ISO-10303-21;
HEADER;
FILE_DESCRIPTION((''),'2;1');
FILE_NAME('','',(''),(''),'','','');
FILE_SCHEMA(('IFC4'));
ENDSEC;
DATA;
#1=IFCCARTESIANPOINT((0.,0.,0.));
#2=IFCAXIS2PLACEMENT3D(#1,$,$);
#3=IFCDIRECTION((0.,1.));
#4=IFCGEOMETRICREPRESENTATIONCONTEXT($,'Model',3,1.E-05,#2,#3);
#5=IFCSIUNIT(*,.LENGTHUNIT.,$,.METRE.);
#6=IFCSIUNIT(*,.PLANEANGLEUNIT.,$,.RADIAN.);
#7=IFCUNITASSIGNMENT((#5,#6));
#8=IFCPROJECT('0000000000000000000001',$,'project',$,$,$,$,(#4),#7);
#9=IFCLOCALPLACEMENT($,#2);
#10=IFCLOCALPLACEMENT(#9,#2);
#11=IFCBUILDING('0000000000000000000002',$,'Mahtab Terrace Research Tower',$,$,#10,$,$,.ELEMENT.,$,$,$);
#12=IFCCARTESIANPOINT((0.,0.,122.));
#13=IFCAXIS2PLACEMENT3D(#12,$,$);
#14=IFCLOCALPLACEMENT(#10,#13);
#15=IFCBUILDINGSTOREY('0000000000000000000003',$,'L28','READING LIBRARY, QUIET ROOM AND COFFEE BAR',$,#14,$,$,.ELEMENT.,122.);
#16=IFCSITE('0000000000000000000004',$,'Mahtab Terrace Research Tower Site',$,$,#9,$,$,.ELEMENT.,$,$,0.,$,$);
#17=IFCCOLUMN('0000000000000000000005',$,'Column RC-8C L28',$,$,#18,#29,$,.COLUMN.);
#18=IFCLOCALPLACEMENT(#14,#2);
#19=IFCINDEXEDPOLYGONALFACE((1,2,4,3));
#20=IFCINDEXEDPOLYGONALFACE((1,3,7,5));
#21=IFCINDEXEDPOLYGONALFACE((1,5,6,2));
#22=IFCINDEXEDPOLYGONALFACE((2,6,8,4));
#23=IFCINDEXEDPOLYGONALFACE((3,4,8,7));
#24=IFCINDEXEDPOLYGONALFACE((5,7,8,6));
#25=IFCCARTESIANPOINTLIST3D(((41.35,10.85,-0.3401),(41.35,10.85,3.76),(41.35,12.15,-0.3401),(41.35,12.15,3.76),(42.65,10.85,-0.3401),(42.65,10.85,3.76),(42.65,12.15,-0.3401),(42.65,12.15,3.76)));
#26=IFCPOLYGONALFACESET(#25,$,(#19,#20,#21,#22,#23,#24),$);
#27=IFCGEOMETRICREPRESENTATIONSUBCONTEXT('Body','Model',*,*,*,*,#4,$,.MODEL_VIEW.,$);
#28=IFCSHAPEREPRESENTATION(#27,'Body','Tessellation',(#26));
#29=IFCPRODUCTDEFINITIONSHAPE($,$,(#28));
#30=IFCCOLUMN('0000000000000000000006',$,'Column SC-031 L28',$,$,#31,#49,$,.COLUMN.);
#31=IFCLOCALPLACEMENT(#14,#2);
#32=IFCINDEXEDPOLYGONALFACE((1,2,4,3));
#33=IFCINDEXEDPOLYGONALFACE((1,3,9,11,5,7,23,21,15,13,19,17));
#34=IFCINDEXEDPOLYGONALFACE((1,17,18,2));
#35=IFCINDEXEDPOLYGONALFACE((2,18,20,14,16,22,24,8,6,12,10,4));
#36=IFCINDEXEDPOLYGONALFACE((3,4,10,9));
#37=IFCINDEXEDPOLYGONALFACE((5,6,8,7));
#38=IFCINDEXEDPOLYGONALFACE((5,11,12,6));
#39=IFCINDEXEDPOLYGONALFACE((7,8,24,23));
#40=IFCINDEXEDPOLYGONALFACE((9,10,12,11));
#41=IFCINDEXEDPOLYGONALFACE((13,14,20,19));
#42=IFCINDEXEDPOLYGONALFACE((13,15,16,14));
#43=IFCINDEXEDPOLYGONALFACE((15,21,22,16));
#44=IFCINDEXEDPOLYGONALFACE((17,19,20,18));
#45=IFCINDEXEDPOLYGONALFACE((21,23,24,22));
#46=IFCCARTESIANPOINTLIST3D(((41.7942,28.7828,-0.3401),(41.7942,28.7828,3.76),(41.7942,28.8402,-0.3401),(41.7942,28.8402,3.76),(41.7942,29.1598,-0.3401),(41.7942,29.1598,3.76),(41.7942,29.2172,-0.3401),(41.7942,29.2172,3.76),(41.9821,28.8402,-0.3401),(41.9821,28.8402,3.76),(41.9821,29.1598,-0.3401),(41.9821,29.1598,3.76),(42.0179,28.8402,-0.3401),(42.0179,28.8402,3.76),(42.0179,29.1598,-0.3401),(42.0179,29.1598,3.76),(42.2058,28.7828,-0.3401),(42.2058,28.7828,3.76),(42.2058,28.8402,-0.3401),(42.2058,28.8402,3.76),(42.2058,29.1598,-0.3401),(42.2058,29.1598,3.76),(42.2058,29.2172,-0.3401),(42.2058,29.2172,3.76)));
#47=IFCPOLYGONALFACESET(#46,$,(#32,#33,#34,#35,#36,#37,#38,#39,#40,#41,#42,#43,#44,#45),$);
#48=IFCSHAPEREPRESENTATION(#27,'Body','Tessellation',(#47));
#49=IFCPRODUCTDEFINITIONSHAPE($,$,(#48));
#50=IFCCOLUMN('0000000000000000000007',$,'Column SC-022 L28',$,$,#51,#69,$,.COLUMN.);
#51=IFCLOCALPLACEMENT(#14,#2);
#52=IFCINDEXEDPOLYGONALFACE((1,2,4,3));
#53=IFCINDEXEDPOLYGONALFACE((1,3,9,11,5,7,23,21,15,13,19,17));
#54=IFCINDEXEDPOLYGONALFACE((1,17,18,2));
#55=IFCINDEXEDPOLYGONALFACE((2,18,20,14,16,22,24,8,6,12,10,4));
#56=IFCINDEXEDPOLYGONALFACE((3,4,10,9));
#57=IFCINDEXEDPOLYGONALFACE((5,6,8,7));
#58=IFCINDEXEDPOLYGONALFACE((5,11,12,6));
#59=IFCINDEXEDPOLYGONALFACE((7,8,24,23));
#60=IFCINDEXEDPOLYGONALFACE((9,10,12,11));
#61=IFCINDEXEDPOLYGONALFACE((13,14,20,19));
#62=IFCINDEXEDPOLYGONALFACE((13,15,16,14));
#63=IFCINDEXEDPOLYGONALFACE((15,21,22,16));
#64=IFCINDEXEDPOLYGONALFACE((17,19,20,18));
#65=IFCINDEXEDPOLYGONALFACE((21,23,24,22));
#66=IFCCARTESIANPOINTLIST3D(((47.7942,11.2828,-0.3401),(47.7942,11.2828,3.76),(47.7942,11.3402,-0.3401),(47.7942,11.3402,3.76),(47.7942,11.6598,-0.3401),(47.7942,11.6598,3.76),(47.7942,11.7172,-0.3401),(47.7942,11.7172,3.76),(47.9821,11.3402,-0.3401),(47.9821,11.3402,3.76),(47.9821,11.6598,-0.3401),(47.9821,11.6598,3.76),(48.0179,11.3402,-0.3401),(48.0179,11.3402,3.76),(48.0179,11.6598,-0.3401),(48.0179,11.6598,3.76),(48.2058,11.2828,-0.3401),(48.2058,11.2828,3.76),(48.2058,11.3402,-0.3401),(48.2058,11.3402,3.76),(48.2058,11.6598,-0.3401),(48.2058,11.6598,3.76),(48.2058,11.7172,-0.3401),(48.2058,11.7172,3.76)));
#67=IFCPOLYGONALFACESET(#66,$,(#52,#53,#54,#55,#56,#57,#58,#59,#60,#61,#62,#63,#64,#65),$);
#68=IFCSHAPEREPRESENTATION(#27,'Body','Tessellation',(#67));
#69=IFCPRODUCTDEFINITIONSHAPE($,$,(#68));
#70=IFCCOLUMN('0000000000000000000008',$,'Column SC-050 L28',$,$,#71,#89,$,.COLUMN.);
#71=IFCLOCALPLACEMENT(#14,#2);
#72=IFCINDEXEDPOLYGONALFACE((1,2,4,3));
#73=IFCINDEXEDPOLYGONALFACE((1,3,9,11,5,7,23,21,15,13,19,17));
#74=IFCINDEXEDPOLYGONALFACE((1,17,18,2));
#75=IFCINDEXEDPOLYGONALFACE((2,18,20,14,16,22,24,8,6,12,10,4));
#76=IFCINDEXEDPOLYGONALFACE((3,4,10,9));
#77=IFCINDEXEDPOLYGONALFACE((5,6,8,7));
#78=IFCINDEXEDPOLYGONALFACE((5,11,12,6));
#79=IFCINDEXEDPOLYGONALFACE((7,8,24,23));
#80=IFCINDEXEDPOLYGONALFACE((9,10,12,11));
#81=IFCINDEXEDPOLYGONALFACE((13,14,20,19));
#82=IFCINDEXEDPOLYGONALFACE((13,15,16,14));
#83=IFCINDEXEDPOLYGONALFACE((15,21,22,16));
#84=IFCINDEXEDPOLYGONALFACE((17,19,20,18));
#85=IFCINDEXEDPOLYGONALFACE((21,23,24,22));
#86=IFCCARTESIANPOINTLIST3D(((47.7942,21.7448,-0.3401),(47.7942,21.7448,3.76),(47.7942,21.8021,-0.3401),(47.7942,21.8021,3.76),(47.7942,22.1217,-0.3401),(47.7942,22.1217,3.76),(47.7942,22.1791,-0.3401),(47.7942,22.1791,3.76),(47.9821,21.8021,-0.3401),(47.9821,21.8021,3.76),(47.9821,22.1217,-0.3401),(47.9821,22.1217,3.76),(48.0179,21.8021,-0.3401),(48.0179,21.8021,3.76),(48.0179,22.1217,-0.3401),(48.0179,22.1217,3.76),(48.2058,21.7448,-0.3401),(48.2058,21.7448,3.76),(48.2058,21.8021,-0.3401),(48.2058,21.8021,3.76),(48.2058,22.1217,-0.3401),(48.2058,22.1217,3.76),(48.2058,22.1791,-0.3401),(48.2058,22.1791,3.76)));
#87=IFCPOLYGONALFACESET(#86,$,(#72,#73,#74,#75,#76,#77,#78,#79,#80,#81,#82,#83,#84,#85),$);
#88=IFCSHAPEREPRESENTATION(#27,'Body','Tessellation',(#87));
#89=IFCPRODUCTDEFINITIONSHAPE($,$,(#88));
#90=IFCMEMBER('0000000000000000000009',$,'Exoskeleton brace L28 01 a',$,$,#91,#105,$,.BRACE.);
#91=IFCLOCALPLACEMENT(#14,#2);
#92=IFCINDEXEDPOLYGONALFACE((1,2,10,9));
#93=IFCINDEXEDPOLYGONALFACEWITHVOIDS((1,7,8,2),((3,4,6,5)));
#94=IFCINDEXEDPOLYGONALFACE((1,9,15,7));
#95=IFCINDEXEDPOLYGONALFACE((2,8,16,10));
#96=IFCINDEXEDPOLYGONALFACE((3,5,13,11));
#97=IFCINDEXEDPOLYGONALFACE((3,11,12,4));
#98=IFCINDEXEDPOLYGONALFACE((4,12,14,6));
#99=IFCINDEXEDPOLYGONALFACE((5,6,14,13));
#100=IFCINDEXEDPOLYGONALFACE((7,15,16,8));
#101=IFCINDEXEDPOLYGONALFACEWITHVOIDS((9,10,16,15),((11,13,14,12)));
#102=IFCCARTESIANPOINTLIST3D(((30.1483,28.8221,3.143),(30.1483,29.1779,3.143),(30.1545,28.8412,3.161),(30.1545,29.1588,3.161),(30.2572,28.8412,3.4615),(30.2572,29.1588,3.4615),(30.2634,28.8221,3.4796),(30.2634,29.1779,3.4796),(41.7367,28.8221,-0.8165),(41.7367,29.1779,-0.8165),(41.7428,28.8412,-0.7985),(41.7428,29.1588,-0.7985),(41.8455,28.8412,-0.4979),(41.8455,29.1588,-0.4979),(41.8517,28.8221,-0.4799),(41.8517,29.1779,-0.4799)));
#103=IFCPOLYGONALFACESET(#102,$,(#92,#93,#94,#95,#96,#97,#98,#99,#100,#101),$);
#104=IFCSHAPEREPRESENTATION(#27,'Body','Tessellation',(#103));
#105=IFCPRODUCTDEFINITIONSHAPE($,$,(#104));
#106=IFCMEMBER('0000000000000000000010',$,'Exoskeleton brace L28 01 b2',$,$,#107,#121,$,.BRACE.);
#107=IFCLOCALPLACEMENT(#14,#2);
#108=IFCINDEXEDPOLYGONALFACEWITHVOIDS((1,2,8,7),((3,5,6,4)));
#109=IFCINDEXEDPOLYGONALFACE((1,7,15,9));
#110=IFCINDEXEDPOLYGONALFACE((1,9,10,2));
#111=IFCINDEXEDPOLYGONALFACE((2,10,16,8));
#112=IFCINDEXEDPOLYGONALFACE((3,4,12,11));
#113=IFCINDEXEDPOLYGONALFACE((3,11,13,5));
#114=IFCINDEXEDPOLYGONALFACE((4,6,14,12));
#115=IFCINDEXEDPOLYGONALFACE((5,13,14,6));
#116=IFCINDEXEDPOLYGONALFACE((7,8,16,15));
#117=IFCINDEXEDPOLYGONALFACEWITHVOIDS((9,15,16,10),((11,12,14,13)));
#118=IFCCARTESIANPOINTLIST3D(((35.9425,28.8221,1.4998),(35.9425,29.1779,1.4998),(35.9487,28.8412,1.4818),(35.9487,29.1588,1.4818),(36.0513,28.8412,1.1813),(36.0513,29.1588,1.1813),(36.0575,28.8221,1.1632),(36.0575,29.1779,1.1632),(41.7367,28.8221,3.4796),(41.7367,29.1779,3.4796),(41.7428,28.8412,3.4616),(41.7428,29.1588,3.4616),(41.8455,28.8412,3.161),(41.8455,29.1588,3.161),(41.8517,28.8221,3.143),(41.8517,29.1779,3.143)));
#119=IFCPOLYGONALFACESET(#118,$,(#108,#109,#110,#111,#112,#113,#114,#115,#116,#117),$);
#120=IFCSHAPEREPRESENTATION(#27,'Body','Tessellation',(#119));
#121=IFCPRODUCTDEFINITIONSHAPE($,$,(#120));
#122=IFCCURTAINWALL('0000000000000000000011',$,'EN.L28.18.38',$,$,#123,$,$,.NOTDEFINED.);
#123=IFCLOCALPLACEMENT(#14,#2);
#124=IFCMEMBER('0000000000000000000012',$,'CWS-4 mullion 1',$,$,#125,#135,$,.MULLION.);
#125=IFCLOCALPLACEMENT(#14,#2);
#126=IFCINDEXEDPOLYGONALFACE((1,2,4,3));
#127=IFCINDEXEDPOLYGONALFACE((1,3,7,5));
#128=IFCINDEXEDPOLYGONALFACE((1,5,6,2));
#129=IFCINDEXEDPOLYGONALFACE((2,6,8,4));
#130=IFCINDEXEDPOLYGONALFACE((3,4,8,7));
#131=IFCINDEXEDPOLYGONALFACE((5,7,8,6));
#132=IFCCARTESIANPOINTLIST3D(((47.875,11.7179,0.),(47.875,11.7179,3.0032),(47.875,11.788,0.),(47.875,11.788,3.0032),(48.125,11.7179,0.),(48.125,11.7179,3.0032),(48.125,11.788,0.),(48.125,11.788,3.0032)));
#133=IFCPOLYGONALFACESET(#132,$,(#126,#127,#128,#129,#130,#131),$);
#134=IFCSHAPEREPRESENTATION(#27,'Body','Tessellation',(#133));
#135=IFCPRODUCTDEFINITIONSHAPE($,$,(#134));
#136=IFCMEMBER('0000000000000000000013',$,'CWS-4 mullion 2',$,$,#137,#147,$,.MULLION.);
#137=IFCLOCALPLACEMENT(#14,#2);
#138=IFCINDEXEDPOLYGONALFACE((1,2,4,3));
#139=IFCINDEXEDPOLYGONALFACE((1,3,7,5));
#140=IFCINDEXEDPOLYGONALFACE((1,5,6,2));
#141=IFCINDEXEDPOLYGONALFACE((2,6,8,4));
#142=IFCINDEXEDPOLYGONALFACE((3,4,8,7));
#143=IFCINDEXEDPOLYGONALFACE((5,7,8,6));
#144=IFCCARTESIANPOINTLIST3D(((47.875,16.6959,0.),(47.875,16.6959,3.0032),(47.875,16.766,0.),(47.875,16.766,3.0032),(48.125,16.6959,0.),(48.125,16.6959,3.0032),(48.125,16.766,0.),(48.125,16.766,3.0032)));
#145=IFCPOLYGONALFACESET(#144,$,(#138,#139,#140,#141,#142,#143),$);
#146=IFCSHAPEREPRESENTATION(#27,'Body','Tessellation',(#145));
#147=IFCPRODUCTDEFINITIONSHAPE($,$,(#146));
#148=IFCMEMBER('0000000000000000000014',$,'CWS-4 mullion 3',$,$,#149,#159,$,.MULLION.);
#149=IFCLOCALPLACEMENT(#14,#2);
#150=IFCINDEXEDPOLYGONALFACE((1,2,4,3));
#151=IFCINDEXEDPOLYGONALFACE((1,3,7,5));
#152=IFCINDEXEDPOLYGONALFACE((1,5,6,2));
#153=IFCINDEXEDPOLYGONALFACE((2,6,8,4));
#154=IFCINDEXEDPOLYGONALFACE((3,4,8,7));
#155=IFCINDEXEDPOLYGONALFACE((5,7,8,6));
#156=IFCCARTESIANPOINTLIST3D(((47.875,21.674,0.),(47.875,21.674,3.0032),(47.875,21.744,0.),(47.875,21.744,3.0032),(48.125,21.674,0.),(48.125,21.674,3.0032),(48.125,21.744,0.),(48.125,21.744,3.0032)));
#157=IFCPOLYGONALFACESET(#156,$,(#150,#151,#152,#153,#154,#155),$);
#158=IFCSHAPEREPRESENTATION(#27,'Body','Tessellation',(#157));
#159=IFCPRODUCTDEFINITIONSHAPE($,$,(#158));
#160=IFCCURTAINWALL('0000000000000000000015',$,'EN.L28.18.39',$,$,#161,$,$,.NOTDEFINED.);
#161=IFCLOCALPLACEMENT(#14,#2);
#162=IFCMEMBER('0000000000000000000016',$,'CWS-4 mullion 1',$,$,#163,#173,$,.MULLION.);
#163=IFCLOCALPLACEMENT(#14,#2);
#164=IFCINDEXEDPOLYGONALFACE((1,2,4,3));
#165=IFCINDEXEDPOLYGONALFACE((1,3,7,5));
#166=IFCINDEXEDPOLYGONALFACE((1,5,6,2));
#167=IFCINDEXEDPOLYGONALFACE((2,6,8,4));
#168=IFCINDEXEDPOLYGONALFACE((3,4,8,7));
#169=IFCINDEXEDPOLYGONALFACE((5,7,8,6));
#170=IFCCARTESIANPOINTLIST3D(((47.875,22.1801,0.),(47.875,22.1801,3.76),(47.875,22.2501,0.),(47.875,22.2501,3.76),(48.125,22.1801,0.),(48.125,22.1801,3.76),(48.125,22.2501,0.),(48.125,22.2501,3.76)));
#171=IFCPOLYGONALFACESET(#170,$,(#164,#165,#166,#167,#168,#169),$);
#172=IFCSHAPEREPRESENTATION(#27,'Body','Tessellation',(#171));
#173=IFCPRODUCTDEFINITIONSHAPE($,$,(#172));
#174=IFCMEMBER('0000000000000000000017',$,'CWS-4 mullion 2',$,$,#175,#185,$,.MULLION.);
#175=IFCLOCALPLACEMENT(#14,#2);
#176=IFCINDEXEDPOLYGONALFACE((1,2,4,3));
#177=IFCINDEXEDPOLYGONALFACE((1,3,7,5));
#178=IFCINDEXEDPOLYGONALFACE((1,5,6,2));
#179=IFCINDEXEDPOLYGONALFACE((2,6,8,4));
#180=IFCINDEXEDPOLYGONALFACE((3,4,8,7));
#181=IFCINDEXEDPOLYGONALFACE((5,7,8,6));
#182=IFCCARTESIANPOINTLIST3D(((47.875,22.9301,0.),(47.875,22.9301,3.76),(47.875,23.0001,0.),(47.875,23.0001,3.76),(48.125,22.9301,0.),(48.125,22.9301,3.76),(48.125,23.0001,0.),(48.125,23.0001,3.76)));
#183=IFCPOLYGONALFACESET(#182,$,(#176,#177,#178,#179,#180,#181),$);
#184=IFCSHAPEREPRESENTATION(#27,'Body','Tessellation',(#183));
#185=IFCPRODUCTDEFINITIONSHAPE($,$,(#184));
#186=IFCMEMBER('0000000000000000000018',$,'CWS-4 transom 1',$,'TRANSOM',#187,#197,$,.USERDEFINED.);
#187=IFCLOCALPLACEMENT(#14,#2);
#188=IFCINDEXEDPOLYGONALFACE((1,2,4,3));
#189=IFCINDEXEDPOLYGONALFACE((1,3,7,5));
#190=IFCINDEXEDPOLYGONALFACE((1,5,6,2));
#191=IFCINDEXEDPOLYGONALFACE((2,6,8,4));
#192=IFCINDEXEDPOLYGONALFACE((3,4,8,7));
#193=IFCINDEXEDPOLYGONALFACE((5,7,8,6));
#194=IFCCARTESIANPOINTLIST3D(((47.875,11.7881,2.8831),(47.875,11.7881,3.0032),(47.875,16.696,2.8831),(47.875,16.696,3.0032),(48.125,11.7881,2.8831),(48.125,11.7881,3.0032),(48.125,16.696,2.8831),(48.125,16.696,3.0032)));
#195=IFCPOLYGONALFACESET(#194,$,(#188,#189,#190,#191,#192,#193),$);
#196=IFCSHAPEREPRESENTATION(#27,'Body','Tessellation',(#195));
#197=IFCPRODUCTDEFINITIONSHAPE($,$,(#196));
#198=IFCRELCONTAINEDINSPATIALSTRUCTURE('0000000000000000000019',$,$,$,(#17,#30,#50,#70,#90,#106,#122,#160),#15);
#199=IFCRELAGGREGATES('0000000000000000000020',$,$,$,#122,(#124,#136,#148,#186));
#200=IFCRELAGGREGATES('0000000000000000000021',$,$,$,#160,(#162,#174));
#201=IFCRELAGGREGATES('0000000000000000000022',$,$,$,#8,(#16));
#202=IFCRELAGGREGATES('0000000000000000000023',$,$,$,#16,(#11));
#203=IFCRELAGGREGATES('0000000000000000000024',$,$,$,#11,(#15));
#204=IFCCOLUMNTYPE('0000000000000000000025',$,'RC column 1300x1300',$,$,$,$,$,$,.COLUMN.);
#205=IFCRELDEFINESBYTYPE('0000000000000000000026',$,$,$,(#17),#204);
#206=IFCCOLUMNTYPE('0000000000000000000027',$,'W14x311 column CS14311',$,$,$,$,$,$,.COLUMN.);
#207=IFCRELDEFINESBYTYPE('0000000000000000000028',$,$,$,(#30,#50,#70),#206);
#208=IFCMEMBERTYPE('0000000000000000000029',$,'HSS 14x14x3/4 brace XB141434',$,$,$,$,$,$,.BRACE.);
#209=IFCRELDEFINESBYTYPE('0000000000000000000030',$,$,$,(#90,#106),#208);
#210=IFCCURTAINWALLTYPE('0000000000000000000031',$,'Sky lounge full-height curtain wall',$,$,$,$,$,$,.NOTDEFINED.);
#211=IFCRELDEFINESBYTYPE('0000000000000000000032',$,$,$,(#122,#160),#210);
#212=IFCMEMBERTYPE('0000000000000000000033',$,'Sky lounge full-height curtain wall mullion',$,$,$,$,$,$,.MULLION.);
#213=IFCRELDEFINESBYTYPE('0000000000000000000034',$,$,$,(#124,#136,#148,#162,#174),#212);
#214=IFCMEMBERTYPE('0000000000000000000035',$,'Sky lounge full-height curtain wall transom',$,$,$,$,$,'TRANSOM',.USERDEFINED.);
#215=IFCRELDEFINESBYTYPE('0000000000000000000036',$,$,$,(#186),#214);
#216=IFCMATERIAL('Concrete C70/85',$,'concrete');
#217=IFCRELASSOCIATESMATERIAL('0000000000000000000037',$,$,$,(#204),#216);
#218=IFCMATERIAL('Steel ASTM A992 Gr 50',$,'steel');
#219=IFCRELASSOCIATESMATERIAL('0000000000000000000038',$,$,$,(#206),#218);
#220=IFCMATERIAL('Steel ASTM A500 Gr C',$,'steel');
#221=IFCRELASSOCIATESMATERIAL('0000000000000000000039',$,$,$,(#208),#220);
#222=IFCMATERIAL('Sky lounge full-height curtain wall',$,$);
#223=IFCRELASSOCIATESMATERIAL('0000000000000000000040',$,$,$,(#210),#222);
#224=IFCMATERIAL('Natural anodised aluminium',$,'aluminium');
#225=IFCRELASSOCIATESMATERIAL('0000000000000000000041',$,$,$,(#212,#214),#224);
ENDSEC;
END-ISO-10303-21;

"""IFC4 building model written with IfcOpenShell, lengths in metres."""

from ifc_helpers import new_model, si_unit, direction, frame, origin, origin_2d, place, context, subcontext, project, spatial, rectangle, hollow_rectangle, i_section, extrude, material, material_profile, profile_set, type_object, element, aggregate, save


model = new_model("IFC4")

# Units and contexts
model_context = context("Model", 3, precision=1e-05, world=origin(), true_north=direction((0.0, 1.0)))
body_context = subcontext(model_context, "Body", "Model", "MODEL_VIEW")
ifc_project = project(units=[si_unit("LENGTHUNIT", "METRE"), si_unit("PLANEANGLEUNIT", "RADIAN")], contexts=[model_context])

# Site, building, storey
site_placement = place(None, origin())
site = spatial("IfcSite", under=ifc_project, at=site_placement, Name="Mahtab Terrace Research Tower Site", CompositionType="ELEMENT", RefElevation=0.0)
building_placement = place(site_placement, origin())
building = spatial("IfcBuilding", under=site, at=building_placement, Name="Mahtab Terrace Research Tower", CompositionType="ELEMENT")
storey_placement = place(building_placement, frame((0.0, 0.0, 122.0)))
storey = spatial("IfcBuildingStorey", under=building, at=storey_placement, Name="L28", Description="READING LIBRARY, QUIET ROOM AND COFFEE BAR", CompositionType="ELEMENT", Elevation=122.0)

# Columns
ifc_material_1 = material(Name="Concrete C70/85", Category="concrete")
ifc_material_profile_1 = material_profile(ifc_material_1, rectangle(XDim=1.3, YDim=1.3, at=origin_2d()), Name="RC column 1300x1300")
ifc_profile_set_1 = profile_set([ifc_material_profile_1], Name="Concrete C70/85")
column_type_1 = type_object("IfcColumnType", Name="RC column 1300x1300", PredefinedType="COLUMN", material=ifc_profile_set_1)
column_placement = place(storey_placement, frame((42.0, 11.5, -0.3401), z_axis=(0.0, 0.0, 1.0), x_axis=(1.0, 0.0, 0.0)))
element("IfcColumn", 1, at=column_placement, inside=storey, type_object=column_type_1, Name="Column RC-8C L28", PredefinedType="COLUMN", context=body_context, shape_type="SweptSolid", body=[
    extrude(rectangle(XDim=1.3, YDim=1.3, at=origin_2d()), origin(), (0.0, 0.0, 1.0), 4.1001),
])
ifc_material_2 = material(Name="Steel ASTM A992 Gr 50", Category="steel")
ifc_material_profile_2 = material_profile(ifc_material_2, i_section(OverallWidth=0.4116, OverallDepth=0.4343, WebThickness=0.0359, FlangeThickness=0.0574, at=origin_2d()), Name="W14X311")
ifc_profile_set_2 = profile_set([ifc_material_profile_2], Name="Steel ASTM A992 Gr 50")
column_type_2 = type_object("IfcColumnType", Name="W14x311 column CS14311", PredefinedType="COLUMN", material=ifc_profile_set_2)
for number, where, z_axis, x_axis, name in (
    (2, (42.0, 29.0, -0.3401), (0.0, 0.0, 1.0), (1.0, 0.0, 0.0), "Column SC-031 L28"),
    (3, (48.0, 11.5, -0.3401), (0.0, 0.0, 1.0), (1.0, 0.0, 0.0), "Column SC-022 L28"),
    (4, (48.0, 21.9619, -0.3401), (0.0, 0.0, 1.0), (1.0, 0.0, 0.0), "Column SC-050 L28"),
):
    element("IfcColumn", number, at=place(storey_placement, frame(where, z_axis=z_axis, x_axis=x_axis)), inside=storey, type_object=column_type_2, Name=name, PredefinedType="COLUMN", context=body_context, shape_type="SweptSolid", body=[
        extrude(i_section(OverallWidth=0.4116, OverallDepth=0.4343, WebThickness=0.0359, FlangeThickness=0.0574, at=origin_2d()), origin(), (0.0, 0.0, 1.0), 4.1001),
    ])

# Members
ifc_material_3 = material(Name="Steel ASTM A500 Gr C", Category="steel")
ifc_material_profile_3 = material_profile(ifc_material_3, hollow_rectangle(XDim=0.3557, YDim=0.3557, WallThickness=0.019, at=origin_2d()), Name="HSS14X14X3/4")
ifc_profile_set_3 = profile_set([ifc_material_profile_3], Name="Steel ASTM A500 Gr C")
member_type_1 = type_object("IfcMemberType", Name="HSS 14x14x3/4 brace XB141434", PredefinedType="BRACE", material=ifc_profile_set_3)
member_1_placement = place(storey_placement, frame((41.7942, 29.0, -0.6482), z_axis=(-0.946288, 0.0, 0.323324), x_axis=(0.0, -1.0, 0.0)))
element("IfcMember", 5, at=member_1_placement, inside=storey, type_object=member_type_1, Name="Exoskeleton brace L28 01 a", PredefinedType="BRACE", context=body_context, shape_type="SweptSolid", body=[
    extrude(hollow_rectangle(XDim=0.3557, YDim=0.3557, WallThickness=0.019, at=origin_2d()), origin(), (0.0, 0.0, 1.0), 12.2461),
])
member_2_placement = place(storey_placement, frame((36.0, 29.0, 1.3315), z_axis=(0.946288, 0.0, 0.323324), x_axis=(0.0, 1.0, 0.0)))
element("IfcMember", 6, at=member_2_placement, inside=storey, type_object=member_type_1, Name="Exoskeleton brace L28 01 b2", PredefinedType="BRACE", context=body_context, shape_type="SweptSolid", body=[
    extrude(hollow_rectangle(XDim=0.3557, YDim=0.3557, WallThickness=0.019, at=origin_2d()), origin(), (0.0, 0.0, 1.0), 6.123),
])

# Curtain walls, members
ifc_material_4 = material(Name="Sky lounge full-height curtain wall")
curtain_wall_type = type_object("IfcCurtainWallType", Name="Sky lounge full-height curtain wall", PredefinedType="NOTDEFINED", material=ifc_material_4)
curtain_wall_1_placement = place(storey_placement, origin())
curtain_wall_1 = element("IfcCurtainWall", 7, at=curtain_wall_1_placement, inside=storey, type_object=curtain_wall_type, Name="EN.L28.18.38", PredefinedType="NOTDEFINED")
ifc_material_5 = material(Name="Natural anodised aluminium", Category="aluminium")
ifc_material_profile_4 = material_profile(ifc_material_5, rectangle(XDim=0.25, YDim=0.0701, at=origin_2d()), Name="MULLION 70x250")
ifc_profile_set_4 = profile_set([ifc_material_profile_4], Name="Natural anodised aluminium")
member_type_2 = type_object("IfcMemberType", Name="Sky lounge full-height curtain wall mullion", PredefinedType="MULLION", material=ifc_profile_set_4)
member_3_placement = place(storey_placement, frame((48.0, 11.7529, 0.0), z_axis=(0.0, 0.0, 1.0), x_axis=(-1.0, 0.0, 0.0)))
member_3 = element("IfcMember", 8, at=member_3_placement, type_object=member_type_2, Name="CWS-4 mullion 1", PredefinedType="MULLION", context=body_context, shape_type="SweptSolid", body=[
    extrude(rectangle(XDim=0.25, YDim=0.0701, at=origin_2d()), origin(), (0.0, 0.0, 1.0), 3.0032),
])
member_4_placement = place(storey_placement, frame((48.0, 16.731, 0.0), z_axis=(0.0, 0.0, 1.0), x_axis=(-1.0, 0.0, 0.0)))
member_4 = element("IfcMember", 9, at=member_4_placement, type_object=member_type_2, Name="CWS-4 mullion 2", PredefinedType="MULLION", context=body_context, shape_type="SweptSolid", body=[
    extrude(rectangle(XDim=0.25, YDim=0.0701, at=origin_2d()), origin(), (0.0, 0.0, 1.0), 3.0032),
])
member_5_placement = place(storey_placement, frame((48.0, 21.709, 0.0), z_axis=(0.0, 0.0, 1.0), x_axis=(-1.0, 0.0, 0.0)))
member_5 = element("IfcMember", 10, at=member_5_placement, type_object=member_type_2, Name="CWS-4 mullion 3", PredefinedType="MULLION", context=body_context, shape_type="SweptSolid", body=[
    extrude(rectangle(XDim=0.25, YDim=0.0701, at=origin_2d()), origin(), (0.0, 0.0, 1.0), 3.0032),
])
curtain_wall_2_placement = place(storey_placement, origin())
curtain_wall_2 = element("IfcCurtainWall", 11, at=curtain_wall_2_placement, inside=storey, type_object=curtain_wall_type, Name="EN.L28.18.39", PredefinedType="NOTDEFINED")
member_6_placement = place(storey_placement, frame((48.0, 22.2151, 0.0), z_axis=(0.0, 0.0, 1.0), x_axis=(-1.0, 0.0, 0.0)))
member_6 = element("IfcMember", 12, at=member_6_placement, type_object=member_type_2, Name="CWS-4 mullion 1", PredefinedType="MULLION", context=body_context, shape_type="SweptSolid", body=[
    extrude(rectangle(XDim=0.25, YDim=0.0701, at=origin_2d()), origin(), (0.0, 0.0, 1.0), 3.76),
])
member_7_placement = place(storey_placement, frame((48.0, 22.9651, 0.0), z_axis=(0.0, 0.0, 1.0), x_axis=(-1.0, 0.0, 0.0)))
member_7 = element("IfcMember", 13, at=member_7_placement, type_object=member_type_2, Name="CWS-4 mullion 2", PredefinedType="MULLION", context=body_context, shape_type="SweptSolid", body=[
    extrude(rectangle(XDim=0.25, YDim=0.0701, at=origin_2d()), origin(), (0.0, 0.0, 1.0), 3.76),
])

# Member
ifc_material_profile_5 = material_profile(ifc_material_5, rectangle(XDim=0.25, YDim=0.1201, at=origin_2d()), Name="TRANSOM 120x250")
ifc_profile_set_5 = profile_set([ifc_material_profile_5], Name="Natural anodised aluminium")
member_type_3 = type_object("IfcMemberType", Name="Sky lounge full-height curtain wall transom", ElementType="TRANSOM", PredefinedType="USERDEFINED", material=ifc_profile_set_5)
member_8_placement = place(storey_placement, frame((48.0, 11.7881, 2.9431), z_axis=(0.0, 1.0, 0.0), x_axis=(-1.0, 0.0, 0.0)))
member_8 = element("IfcMember", 14, at=member_8_placement, type_object=member_type_3, Name="CWS-4 transom 1", ObjectType="TRANSOM", PredefinedType="USERDEFINED", context=body_context, shape_type="SweptSolid", body=[
    extrude(rectangle(XDim=0.25, YDim=0.1201, at=origin_2d()), origin(), (0.0, 0.0, 1.0), 4.908),
])

aggregate(curtain_wall_1, [member_3, member_4, member_5, member_8])
aggregate(curtain_wall_2, [member_6, member_7])

save(model, "model.ifc")
